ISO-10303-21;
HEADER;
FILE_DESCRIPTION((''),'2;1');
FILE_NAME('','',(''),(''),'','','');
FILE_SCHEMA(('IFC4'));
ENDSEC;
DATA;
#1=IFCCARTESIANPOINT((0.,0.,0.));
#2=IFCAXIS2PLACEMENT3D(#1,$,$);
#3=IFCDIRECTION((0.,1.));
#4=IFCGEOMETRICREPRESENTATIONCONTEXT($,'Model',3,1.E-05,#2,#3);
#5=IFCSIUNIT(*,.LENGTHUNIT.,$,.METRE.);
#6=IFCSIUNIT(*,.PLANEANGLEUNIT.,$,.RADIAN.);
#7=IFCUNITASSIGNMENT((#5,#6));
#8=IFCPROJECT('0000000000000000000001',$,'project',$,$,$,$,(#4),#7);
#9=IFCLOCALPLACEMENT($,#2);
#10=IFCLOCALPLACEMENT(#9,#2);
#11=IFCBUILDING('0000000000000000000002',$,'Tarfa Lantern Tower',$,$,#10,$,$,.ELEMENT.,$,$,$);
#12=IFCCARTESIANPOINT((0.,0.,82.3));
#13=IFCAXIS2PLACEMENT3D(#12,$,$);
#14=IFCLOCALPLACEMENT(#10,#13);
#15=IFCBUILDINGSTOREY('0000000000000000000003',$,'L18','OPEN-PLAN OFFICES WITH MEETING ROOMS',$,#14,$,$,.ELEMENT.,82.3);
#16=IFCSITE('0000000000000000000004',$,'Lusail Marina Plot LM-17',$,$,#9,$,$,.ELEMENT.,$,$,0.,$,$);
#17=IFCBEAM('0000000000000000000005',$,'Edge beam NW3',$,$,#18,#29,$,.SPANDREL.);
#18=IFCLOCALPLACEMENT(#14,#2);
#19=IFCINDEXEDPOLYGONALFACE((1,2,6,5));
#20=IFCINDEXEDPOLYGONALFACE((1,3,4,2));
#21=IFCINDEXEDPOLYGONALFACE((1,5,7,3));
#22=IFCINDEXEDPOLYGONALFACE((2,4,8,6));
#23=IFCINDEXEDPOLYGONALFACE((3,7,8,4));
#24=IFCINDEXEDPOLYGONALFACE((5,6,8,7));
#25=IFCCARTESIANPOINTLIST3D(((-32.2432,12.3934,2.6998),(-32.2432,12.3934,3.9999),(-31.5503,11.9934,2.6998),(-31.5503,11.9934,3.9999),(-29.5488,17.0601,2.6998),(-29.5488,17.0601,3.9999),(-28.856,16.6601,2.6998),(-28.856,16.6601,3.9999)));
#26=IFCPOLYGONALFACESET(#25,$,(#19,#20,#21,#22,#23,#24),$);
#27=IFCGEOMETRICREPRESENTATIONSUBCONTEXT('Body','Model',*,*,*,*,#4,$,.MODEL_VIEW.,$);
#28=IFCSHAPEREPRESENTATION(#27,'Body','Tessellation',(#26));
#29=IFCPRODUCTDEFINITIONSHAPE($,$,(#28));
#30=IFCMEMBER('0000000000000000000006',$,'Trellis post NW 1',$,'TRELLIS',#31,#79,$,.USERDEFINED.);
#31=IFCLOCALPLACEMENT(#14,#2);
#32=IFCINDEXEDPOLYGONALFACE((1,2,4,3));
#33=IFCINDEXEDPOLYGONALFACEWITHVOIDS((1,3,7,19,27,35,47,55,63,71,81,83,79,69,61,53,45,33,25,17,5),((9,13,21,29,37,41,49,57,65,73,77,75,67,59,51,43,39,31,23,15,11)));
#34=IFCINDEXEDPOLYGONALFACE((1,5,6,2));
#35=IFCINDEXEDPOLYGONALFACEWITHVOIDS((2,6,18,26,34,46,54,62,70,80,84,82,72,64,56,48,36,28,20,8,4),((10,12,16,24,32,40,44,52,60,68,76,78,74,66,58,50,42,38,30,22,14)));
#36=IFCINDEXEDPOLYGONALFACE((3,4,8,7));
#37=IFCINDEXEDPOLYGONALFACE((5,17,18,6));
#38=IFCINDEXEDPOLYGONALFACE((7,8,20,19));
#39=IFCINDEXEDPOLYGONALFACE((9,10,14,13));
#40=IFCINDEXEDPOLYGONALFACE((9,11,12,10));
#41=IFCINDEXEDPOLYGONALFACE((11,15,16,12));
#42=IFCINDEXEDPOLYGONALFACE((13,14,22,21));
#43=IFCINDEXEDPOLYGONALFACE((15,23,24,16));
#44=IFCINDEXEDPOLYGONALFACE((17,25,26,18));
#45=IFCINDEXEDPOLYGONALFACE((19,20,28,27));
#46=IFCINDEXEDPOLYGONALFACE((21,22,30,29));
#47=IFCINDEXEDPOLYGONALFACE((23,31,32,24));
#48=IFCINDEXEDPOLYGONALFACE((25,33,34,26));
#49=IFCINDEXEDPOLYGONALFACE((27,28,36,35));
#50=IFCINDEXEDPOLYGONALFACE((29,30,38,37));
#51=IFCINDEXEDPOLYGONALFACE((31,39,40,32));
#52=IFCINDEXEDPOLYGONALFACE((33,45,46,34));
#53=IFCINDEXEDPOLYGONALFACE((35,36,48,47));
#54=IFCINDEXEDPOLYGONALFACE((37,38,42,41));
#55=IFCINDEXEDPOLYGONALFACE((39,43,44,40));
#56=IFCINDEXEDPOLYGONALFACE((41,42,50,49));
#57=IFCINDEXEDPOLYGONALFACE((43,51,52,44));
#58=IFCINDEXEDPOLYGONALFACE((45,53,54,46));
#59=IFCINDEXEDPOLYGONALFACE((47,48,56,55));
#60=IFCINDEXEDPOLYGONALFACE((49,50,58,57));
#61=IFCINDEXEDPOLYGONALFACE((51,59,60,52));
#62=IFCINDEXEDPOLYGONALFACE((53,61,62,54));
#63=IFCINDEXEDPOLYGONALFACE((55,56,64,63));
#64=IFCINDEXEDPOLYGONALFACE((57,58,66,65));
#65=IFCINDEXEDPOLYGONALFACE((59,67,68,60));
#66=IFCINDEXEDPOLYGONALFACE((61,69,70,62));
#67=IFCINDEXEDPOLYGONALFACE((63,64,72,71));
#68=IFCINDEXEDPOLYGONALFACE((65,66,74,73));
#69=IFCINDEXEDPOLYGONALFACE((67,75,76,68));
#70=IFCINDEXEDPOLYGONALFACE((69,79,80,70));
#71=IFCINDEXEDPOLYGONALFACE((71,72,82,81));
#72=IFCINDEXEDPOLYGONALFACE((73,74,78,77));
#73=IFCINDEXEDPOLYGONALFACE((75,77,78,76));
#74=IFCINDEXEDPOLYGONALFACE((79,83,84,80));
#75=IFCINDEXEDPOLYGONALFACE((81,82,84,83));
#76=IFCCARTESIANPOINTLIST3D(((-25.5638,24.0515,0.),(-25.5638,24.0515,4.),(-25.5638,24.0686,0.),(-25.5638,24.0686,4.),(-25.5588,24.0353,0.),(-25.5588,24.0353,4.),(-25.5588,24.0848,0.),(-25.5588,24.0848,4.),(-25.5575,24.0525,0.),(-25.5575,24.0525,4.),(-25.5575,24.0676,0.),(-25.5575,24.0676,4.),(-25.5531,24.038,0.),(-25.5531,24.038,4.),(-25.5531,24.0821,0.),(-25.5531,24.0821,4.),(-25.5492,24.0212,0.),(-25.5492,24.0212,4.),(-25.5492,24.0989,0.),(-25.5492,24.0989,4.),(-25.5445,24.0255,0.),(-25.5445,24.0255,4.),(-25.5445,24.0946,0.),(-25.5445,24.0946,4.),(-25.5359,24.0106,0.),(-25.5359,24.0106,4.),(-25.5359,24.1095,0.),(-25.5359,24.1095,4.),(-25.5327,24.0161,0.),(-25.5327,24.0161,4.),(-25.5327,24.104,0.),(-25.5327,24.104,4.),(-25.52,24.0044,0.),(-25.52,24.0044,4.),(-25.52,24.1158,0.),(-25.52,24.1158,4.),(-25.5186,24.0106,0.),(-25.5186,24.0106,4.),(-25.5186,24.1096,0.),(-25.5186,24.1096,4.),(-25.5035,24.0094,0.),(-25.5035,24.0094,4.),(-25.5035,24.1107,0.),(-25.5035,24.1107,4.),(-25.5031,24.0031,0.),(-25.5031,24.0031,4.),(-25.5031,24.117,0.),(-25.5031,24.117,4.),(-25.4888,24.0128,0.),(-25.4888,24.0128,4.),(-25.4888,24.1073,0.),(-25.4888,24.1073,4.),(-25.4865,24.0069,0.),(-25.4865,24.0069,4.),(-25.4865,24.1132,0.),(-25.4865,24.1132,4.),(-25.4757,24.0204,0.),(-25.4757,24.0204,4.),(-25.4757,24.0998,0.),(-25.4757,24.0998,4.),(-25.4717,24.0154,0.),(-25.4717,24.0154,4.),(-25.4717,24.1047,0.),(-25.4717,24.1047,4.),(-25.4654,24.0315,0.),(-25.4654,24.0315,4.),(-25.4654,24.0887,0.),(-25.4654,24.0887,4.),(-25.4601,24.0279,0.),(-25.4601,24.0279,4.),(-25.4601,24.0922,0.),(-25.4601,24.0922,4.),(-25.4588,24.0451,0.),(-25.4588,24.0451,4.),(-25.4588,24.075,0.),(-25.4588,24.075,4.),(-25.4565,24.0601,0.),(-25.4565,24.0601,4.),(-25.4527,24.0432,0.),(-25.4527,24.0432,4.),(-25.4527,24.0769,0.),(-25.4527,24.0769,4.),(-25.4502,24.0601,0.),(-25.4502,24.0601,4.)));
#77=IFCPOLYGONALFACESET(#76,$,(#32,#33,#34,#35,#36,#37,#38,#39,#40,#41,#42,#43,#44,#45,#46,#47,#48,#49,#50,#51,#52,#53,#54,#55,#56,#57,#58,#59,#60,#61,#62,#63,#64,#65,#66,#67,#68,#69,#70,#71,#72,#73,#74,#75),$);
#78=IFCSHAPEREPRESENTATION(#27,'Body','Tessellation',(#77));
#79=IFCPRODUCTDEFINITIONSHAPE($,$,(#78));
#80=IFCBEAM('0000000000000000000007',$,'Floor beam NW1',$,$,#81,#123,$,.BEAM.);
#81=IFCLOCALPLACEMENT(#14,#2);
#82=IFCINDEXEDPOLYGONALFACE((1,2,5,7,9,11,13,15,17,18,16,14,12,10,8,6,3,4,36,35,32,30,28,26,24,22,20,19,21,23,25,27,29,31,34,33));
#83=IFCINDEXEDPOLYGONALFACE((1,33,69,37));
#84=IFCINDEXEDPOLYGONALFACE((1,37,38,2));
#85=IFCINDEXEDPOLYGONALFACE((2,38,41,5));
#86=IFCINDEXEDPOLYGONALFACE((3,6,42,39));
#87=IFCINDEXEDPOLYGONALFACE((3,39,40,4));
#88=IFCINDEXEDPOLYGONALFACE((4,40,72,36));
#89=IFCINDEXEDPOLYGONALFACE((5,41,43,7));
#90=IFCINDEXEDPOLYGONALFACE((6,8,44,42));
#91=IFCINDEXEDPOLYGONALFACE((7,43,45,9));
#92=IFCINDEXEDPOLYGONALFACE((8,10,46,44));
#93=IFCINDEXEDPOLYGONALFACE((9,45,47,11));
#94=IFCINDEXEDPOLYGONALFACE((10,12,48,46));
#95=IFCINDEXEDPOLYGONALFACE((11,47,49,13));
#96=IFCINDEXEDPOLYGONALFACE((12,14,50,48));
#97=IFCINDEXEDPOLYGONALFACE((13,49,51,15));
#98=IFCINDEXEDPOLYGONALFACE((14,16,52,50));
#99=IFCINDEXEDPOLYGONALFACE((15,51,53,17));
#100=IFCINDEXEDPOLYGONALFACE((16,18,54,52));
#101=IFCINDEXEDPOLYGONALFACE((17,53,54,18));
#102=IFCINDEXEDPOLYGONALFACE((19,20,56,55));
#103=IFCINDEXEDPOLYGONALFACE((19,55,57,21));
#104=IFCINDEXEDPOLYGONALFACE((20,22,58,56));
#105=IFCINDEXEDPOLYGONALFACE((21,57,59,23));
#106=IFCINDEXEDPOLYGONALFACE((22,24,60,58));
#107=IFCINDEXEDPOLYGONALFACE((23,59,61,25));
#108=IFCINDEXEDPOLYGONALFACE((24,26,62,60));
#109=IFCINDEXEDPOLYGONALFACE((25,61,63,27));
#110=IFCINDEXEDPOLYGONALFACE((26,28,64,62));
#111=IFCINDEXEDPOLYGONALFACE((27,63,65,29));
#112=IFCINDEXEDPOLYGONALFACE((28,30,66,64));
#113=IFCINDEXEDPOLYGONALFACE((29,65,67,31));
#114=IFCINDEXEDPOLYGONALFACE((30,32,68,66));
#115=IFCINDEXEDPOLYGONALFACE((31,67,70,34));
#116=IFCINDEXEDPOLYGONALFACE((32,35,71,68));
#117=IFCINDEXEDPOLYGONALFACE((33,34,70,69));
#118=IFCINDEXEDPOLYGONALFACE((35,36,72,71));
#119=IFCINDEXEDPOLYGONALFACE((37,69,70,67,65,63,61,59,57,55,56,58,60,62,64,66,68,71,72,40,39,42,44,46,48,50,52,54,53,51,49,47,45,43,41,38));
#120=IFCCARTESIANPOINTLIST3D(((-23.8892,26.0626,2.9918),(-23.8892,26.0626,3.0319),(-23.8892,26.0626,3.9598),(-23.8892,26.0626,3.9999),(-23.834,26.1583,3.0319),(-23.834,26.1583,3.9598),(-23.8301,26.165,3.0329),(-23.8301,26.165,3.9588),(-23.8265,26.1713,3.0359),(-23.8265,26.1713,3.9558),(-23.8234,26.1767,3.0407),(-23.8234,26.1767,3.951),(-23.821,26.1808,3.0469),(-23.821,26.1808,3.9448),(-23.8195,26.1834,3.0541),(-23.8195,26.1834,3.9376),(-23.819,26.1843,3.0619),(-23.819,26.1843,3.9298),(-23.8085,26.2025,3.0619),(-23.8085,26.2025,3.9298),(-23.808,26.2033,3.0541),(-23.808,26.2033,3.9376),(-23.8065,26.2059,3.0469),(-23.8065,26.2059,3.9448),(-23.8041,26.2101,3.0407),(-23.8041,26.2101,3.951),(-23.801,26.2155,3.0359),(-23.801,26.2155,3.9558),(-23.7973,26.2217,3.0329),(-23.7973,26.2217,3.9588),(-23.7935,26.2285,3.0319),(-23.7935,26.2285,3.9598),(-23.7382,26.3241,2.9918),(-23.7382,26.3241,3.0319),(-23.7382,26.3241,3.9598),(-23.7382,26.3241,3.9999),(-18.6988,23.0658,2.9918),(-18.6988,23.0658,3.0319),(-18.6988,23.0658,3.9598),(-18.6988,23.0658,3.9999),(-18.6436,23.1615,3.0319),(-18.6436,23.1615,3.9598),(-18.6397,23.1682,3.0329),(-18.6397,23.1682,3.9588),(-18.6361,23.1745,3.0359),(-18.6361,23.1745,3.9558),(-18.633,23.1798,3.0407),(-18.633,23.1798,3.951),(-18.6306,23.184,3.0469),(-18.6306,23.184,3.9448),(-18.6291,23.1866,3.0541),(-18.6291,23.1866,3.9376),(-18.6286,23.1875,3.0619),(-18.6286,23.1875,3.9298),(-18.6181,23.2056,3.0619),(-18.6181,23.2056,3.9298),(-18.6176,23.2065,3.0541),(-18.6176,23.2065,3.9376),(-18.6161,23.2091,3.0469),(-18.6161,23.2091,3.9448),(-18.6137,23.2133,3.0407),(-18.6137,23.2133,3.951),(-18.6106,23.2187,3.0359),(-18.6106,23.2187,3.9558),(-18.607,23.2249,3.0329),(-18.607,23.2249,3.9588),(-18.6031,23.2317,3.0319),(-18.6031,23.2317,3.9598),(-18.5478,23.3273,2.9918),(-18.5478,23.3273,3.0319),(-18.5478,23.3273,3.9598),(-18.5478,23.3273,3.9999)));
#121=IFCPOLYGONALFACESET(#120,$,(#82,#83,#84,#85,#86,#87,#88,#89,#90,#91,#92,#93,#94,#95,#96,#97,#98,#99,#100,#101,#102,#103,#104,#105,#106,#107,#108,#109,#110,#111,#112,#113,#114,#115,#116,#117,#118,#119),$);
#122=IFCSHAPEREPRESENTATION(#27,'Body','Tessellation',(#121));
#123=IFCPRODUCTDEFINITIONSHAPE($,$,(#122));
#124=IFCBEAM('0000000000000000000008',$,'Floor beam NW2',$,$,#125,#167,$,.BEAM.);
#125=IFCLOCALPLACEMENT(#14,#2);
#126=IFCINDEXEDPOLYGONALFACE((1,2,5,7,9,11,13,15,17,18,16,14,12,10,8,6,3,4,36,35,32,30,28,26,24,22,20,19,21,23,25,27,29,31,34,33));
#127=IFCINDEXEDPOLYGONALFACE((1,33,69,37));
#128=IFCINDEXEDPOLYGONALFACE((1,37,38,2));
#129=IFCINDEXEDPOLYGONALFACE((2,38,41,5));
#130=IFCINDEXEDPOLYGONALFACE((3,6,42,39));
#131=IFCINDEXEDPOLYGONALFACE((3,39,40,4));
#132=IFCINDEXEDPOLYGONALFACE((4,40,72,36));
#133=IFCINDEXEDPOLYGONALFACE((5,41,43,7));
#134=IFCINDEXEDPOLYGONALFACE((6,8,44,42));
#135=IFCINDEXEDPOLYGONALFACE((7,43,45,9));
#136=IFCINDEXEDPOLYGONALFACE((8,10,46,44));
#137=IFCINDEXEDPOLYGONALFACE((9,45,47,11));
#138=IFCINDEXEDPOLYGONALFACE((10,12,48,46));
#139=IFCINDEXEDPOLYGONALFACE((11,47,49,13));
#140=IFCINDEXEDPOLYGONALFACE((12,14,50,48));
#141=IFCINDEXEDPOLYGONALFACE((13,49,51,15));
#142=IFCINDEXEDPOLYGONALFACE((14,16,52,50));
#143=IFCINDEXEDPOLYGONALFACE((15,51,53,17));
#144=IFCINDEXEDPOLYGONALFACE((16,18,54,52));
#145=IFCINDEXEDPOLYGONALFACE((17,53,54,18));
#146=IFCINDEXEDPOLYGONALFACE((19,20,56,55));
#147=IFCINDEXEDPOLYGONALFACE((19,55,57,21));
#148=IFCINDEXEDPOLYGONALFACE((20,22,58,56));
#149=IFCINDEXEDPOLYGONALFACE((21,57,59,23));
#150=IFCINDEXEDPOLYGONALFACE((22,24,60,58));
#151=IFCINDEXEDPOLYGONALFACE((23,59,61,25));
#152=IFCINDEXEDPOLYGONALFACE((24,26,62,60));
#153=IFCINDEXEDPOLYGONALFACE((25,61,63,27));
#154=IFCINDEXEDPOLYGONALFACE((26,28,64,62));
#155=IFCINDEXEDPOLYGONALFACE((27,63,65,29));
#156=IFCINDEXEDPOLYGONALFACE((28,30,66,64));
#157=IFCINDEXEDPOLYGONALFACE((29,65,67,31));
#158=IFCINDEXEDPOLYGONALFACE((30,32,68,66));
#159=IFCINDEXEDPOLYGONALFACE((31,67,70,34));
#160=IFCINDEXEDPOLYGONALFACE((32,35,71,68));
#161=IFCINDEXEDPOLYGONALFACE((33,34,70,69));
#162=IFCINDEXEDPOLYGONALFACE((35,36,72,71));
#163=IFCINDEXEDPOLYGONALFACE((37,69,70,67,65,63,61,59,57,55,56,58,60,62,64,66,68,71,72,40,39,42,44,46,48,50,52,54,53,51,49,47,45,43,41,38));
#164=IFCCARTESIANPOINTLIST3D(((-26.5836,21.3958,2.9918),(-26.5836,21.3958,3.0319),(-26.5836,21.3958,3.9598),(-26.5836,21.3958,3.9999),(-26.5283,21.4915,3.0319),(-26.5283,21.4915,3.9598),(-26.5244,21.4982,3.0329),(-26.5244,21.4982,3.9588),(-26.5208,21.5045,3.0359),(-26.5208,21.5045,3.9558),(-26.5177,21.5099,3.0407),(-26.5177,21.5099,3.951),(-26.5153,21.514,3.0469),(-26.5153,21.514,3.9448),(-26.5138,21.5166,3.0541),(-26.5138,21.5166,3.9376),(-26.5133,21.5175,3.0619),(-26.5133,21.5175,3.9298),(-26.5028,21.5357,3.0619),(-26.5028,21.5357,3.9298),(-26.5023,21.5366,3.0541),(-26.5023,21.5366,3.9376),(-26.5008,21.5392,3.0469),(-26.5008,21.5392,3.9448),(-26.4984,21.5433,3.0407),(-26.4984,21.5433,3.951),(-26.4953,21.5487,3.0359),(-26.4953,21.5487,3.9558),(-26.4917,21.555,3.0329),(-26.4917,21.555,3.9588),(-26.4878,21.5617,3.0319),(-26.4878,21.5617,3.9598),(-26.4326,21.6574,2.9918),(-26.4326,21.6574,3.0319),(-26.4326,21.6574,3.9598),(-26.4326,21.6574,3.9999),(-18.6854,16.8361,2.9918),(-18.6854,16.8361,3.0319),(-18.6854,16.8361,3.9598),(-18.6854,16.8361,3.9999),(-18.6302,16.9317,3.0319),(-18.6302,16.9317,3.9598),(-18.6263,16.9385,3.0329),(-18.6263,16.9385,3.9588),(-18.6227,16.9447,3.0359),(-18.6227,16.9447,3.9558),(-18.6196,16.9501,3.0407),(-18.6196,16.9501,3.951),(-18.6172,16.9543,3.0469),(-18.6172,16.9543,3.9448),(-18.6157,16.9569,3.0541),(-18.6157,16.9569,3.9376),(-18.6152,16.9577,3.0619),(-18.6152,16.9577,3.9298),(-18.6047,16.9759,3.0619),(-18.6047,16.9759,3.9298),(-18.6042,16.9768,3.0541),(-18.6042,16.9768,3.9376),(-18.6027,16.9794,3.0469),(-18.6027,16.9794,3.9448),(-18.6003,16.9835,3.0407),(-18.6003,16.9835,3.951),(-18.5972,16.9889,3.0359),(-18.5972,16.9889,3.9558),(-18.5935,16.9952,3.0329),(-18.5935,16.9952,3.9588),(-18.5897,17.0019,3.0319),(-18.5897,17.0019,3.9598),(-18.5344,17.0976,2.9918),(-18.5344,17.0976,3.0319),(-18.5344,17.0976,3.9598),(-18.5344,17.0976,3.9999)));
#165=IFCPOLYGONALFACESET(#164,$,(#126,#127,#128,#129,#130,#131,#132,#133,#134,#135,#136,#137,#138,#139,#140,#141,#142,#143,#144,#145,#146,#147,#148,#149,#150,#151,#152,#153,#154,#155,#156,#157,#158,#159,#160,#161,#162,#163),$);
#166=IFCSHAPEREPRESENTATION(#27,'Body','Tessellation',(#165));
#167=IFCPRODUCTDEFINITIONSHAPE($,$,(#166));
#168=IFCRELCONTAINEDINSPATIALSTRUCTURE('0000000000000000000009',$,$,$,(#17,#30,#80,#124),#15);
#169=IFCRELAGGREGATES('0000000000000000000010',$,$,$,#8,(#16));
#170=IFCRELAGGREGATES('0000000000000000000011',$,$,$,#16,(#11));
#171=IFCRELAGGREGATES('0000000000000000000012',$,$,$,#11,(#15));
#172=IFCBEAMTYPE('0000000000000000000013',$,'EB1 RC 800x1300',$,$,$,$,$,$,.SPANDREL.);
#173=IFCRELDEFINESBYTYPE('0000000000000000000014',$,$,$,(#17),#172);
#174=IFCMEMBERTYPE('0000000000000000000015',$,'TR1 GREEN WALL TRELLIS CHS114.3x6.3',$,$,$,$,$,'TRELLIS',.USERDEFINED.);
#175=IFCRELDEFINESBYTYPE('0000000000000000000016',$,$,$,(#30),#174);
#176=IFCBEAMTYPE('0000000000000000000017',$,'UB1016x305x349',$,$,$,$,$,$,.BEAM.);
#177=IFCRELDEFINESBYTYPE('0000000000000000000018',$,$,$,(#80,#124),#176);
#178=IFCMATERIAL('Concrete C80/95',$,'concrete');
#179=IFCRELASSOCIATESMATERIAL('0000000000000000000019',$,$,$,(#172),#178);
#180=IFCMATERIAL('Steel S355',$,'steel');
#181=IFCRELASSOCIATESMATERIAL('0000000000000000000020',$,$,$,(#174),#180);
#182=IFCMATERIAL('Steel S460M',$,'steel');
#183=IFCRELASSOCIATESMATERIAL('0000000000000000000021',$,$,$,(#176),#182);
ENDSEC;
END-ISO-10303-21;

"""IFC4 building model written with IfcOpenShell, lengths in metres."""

from ifc_helpers import new_model, si_unit, direction, frame, origin, origin_2d, place, context, subcontext, project, spatial, rectangle, hollow_circle, i_section, extrude, material, material_profile, profile_set, type_object, element, save


model = new_model("IFC4")

# Units and contexts
model_context = context("Model", 3, precision=1e-05, world=origin(), true_north=direction((0.0, 1.0)))
body_context = subcontext(model_context, "Body", "Model", "MODEL_VIEW")
ifc_project = project(units=[si_unit("LENGTHUNIT", "METRE"), si_unit("PLANEANGLEUNIT", "RADIAN")], contexts=[model_context])

# Site, building, storey
site_placement = place(None, origin())
site = spatial("IfcSite", under=ifc_project, at=site_placement, Name="Lusail Marina Plot LM-17", CompositionType="ELEMENT", RefElevation=0.0)
building_placement = place(site_placement, origin())
building = spatial("IfcBuilding", under=site, at=building_placement, Name="Tarfa Lantern Tower", CompositionType="ELEMENT")
storey_placement = place(building_placement, frame((0.0, 0.0, 82.3)))
storey = spatial("IfcBuildingStorey", under=building, at=storey_placement, Name="L18", Description="OPEN-PLAN OFFICES WITH MEETING ROOMS", CompositionType="ELEMENT", Elevation=82.3)

# Shared definitions
ifc_material_1 = material(Name="Concrete C80/95", Category="concrete")

# Beam
ifc_material_profile_1 = material_profile(ifc_material_1, rectangle(XDim=0.8, YDim=1.3, at=origin_2d()), Name="RC 800x1300")
ifc_profile_set_1 = profile_set([ifc_material_profile_1], Name="Concrete C80/95")
beam_type_1 = type_object("IfcBeamType", Name="EB1 RC 800x1300", PredefinedType="SPANDREL", material=ifc_profile_set_1)
beam_1_placement = place(storey_placement, frame((-29.2024, 16.8601, 3.3499), z_axis=(-0.499998, -0.866026, 0.0), x_axis=(0.866026, -0.499998, 0.0)))
element("IfcBeam", 1, at=beam_1_placement, inside=storey, type_object=beam_type_1, Name="Edge beam NW3", PredefinedType="SPANDREL", context=body_context, shape_type="SweptSolid", body=[
    extrude(rectangle(XDim=0.8, YDim=1.3, at=origin_2d()), origin(), (0.0, 0.0, 1.0), 5.3887),
])

# Member
ifc_material_2 = material(Name="Steel S355", Category="steel")
ifc_material_profile_2 = material_profile(ifc_material_2, hollow_circle(Radius=0.0571, WallThickness=0.0063, at=origin_2d()), Name="CHS114.3x6.3")
ifc_profile_set_2 = profile_set([ifc_material_profile_2], Name="Steel S355")
member_type_1 = type_object("IfcMemberType", Name="TR1 GREEN WALL TRELLIS CHS114.3x6.3", ElementType="TRELLIS", PredefinedType="USERDEFINED", material=ifc_profile_set_2)
member_1_placement = place(storey_placement, frame((-25.5073, 24.0601, 0.0), z_axis=(0.0, 0.0, 1.0), x_axis=(1.0, 0.0, 0.0)))
element("IfcMember", 2, at=member_1_placement, inside=storey, type_object=member_type_1, Name="Trellis post NW 1", ObjectType="TRELLIS", PredefinedType="USERDEFINED", context=body_context, shape_type="SweptSolid", body=[
    extrude(hollow_circle(Radius=0.0571, WallThickness=0.0063, at=origin_2d()), origin(), (0.0, 0.0, 1.0), 4.0),
])

# Beams
ifc_material_3 = material(Name="Steel S460M", Category="steel")
ifc_material_profile_3 = material_profile(ifc_material_3, i_section(OverallWidth=0.302, OverallDepth=1.0081, WebThickness=0.021, FlangeThickness=0.04, FilletRadius=0.03, at=origin_2d()), Name="UB1016x305x349")
ifc_profile_set_3 = profile_set([ifc_material_profile_3], Name="Steel S460M")
beam_type_2 = type_object("IfcBeamType", Name="UB1016x305x349", PredefinedType="BEAM", material=ifc_profile_set_3)
beam_2_placement = place(storey_placement, frame((-23.8137, 26.1934, 3.4958), z_axis=(0.866016, -0.500016, 0.0), x_axis=(0.500016, 0.866016, 0.0)))
element("IfcBeam", 3, at=beam_2_placement, inside=storey, type_object=beam_type_2, Name="Floor beam NW1", PredefinedType="BEAM", context=body_context, shape_type="SweptSolid", body=[
    extrude(i_section(OverallWidth=0.302, OverallDepth=1.0081, WebThickness=0.021, FlangeThickness=0.04, FilletRadius=0.03, at=origin_2d()), origin(), (0.0, 0.0, 1.0), 5.9934),
])
beam_3_placement = place(storey_placement, frame((-26.5081, 21.5266, 3.4958), z_axis=(0.866035, -0.499983, 0.0), x_axis=(0.499983, 0.866035, 0.0)))
element("IfcBeam", 4, at=beam_3_placement, inside=storey, type_object=beam_type_2, Name="Floor beam NW2", PredefinedType="BEAM", context=body_context, shape_type="SweptSolid", body=[
    extrude(i_section(OverallWidth=0.302, OverallDepth=1.0081, WebThickness=0.021, FlangeThickness=0.04, FilletRadius=0.03, at=origin_2d()), origin(), (0.0, 0.0, 1.0), 9.1199),
])

save(model, "model.ifc")
